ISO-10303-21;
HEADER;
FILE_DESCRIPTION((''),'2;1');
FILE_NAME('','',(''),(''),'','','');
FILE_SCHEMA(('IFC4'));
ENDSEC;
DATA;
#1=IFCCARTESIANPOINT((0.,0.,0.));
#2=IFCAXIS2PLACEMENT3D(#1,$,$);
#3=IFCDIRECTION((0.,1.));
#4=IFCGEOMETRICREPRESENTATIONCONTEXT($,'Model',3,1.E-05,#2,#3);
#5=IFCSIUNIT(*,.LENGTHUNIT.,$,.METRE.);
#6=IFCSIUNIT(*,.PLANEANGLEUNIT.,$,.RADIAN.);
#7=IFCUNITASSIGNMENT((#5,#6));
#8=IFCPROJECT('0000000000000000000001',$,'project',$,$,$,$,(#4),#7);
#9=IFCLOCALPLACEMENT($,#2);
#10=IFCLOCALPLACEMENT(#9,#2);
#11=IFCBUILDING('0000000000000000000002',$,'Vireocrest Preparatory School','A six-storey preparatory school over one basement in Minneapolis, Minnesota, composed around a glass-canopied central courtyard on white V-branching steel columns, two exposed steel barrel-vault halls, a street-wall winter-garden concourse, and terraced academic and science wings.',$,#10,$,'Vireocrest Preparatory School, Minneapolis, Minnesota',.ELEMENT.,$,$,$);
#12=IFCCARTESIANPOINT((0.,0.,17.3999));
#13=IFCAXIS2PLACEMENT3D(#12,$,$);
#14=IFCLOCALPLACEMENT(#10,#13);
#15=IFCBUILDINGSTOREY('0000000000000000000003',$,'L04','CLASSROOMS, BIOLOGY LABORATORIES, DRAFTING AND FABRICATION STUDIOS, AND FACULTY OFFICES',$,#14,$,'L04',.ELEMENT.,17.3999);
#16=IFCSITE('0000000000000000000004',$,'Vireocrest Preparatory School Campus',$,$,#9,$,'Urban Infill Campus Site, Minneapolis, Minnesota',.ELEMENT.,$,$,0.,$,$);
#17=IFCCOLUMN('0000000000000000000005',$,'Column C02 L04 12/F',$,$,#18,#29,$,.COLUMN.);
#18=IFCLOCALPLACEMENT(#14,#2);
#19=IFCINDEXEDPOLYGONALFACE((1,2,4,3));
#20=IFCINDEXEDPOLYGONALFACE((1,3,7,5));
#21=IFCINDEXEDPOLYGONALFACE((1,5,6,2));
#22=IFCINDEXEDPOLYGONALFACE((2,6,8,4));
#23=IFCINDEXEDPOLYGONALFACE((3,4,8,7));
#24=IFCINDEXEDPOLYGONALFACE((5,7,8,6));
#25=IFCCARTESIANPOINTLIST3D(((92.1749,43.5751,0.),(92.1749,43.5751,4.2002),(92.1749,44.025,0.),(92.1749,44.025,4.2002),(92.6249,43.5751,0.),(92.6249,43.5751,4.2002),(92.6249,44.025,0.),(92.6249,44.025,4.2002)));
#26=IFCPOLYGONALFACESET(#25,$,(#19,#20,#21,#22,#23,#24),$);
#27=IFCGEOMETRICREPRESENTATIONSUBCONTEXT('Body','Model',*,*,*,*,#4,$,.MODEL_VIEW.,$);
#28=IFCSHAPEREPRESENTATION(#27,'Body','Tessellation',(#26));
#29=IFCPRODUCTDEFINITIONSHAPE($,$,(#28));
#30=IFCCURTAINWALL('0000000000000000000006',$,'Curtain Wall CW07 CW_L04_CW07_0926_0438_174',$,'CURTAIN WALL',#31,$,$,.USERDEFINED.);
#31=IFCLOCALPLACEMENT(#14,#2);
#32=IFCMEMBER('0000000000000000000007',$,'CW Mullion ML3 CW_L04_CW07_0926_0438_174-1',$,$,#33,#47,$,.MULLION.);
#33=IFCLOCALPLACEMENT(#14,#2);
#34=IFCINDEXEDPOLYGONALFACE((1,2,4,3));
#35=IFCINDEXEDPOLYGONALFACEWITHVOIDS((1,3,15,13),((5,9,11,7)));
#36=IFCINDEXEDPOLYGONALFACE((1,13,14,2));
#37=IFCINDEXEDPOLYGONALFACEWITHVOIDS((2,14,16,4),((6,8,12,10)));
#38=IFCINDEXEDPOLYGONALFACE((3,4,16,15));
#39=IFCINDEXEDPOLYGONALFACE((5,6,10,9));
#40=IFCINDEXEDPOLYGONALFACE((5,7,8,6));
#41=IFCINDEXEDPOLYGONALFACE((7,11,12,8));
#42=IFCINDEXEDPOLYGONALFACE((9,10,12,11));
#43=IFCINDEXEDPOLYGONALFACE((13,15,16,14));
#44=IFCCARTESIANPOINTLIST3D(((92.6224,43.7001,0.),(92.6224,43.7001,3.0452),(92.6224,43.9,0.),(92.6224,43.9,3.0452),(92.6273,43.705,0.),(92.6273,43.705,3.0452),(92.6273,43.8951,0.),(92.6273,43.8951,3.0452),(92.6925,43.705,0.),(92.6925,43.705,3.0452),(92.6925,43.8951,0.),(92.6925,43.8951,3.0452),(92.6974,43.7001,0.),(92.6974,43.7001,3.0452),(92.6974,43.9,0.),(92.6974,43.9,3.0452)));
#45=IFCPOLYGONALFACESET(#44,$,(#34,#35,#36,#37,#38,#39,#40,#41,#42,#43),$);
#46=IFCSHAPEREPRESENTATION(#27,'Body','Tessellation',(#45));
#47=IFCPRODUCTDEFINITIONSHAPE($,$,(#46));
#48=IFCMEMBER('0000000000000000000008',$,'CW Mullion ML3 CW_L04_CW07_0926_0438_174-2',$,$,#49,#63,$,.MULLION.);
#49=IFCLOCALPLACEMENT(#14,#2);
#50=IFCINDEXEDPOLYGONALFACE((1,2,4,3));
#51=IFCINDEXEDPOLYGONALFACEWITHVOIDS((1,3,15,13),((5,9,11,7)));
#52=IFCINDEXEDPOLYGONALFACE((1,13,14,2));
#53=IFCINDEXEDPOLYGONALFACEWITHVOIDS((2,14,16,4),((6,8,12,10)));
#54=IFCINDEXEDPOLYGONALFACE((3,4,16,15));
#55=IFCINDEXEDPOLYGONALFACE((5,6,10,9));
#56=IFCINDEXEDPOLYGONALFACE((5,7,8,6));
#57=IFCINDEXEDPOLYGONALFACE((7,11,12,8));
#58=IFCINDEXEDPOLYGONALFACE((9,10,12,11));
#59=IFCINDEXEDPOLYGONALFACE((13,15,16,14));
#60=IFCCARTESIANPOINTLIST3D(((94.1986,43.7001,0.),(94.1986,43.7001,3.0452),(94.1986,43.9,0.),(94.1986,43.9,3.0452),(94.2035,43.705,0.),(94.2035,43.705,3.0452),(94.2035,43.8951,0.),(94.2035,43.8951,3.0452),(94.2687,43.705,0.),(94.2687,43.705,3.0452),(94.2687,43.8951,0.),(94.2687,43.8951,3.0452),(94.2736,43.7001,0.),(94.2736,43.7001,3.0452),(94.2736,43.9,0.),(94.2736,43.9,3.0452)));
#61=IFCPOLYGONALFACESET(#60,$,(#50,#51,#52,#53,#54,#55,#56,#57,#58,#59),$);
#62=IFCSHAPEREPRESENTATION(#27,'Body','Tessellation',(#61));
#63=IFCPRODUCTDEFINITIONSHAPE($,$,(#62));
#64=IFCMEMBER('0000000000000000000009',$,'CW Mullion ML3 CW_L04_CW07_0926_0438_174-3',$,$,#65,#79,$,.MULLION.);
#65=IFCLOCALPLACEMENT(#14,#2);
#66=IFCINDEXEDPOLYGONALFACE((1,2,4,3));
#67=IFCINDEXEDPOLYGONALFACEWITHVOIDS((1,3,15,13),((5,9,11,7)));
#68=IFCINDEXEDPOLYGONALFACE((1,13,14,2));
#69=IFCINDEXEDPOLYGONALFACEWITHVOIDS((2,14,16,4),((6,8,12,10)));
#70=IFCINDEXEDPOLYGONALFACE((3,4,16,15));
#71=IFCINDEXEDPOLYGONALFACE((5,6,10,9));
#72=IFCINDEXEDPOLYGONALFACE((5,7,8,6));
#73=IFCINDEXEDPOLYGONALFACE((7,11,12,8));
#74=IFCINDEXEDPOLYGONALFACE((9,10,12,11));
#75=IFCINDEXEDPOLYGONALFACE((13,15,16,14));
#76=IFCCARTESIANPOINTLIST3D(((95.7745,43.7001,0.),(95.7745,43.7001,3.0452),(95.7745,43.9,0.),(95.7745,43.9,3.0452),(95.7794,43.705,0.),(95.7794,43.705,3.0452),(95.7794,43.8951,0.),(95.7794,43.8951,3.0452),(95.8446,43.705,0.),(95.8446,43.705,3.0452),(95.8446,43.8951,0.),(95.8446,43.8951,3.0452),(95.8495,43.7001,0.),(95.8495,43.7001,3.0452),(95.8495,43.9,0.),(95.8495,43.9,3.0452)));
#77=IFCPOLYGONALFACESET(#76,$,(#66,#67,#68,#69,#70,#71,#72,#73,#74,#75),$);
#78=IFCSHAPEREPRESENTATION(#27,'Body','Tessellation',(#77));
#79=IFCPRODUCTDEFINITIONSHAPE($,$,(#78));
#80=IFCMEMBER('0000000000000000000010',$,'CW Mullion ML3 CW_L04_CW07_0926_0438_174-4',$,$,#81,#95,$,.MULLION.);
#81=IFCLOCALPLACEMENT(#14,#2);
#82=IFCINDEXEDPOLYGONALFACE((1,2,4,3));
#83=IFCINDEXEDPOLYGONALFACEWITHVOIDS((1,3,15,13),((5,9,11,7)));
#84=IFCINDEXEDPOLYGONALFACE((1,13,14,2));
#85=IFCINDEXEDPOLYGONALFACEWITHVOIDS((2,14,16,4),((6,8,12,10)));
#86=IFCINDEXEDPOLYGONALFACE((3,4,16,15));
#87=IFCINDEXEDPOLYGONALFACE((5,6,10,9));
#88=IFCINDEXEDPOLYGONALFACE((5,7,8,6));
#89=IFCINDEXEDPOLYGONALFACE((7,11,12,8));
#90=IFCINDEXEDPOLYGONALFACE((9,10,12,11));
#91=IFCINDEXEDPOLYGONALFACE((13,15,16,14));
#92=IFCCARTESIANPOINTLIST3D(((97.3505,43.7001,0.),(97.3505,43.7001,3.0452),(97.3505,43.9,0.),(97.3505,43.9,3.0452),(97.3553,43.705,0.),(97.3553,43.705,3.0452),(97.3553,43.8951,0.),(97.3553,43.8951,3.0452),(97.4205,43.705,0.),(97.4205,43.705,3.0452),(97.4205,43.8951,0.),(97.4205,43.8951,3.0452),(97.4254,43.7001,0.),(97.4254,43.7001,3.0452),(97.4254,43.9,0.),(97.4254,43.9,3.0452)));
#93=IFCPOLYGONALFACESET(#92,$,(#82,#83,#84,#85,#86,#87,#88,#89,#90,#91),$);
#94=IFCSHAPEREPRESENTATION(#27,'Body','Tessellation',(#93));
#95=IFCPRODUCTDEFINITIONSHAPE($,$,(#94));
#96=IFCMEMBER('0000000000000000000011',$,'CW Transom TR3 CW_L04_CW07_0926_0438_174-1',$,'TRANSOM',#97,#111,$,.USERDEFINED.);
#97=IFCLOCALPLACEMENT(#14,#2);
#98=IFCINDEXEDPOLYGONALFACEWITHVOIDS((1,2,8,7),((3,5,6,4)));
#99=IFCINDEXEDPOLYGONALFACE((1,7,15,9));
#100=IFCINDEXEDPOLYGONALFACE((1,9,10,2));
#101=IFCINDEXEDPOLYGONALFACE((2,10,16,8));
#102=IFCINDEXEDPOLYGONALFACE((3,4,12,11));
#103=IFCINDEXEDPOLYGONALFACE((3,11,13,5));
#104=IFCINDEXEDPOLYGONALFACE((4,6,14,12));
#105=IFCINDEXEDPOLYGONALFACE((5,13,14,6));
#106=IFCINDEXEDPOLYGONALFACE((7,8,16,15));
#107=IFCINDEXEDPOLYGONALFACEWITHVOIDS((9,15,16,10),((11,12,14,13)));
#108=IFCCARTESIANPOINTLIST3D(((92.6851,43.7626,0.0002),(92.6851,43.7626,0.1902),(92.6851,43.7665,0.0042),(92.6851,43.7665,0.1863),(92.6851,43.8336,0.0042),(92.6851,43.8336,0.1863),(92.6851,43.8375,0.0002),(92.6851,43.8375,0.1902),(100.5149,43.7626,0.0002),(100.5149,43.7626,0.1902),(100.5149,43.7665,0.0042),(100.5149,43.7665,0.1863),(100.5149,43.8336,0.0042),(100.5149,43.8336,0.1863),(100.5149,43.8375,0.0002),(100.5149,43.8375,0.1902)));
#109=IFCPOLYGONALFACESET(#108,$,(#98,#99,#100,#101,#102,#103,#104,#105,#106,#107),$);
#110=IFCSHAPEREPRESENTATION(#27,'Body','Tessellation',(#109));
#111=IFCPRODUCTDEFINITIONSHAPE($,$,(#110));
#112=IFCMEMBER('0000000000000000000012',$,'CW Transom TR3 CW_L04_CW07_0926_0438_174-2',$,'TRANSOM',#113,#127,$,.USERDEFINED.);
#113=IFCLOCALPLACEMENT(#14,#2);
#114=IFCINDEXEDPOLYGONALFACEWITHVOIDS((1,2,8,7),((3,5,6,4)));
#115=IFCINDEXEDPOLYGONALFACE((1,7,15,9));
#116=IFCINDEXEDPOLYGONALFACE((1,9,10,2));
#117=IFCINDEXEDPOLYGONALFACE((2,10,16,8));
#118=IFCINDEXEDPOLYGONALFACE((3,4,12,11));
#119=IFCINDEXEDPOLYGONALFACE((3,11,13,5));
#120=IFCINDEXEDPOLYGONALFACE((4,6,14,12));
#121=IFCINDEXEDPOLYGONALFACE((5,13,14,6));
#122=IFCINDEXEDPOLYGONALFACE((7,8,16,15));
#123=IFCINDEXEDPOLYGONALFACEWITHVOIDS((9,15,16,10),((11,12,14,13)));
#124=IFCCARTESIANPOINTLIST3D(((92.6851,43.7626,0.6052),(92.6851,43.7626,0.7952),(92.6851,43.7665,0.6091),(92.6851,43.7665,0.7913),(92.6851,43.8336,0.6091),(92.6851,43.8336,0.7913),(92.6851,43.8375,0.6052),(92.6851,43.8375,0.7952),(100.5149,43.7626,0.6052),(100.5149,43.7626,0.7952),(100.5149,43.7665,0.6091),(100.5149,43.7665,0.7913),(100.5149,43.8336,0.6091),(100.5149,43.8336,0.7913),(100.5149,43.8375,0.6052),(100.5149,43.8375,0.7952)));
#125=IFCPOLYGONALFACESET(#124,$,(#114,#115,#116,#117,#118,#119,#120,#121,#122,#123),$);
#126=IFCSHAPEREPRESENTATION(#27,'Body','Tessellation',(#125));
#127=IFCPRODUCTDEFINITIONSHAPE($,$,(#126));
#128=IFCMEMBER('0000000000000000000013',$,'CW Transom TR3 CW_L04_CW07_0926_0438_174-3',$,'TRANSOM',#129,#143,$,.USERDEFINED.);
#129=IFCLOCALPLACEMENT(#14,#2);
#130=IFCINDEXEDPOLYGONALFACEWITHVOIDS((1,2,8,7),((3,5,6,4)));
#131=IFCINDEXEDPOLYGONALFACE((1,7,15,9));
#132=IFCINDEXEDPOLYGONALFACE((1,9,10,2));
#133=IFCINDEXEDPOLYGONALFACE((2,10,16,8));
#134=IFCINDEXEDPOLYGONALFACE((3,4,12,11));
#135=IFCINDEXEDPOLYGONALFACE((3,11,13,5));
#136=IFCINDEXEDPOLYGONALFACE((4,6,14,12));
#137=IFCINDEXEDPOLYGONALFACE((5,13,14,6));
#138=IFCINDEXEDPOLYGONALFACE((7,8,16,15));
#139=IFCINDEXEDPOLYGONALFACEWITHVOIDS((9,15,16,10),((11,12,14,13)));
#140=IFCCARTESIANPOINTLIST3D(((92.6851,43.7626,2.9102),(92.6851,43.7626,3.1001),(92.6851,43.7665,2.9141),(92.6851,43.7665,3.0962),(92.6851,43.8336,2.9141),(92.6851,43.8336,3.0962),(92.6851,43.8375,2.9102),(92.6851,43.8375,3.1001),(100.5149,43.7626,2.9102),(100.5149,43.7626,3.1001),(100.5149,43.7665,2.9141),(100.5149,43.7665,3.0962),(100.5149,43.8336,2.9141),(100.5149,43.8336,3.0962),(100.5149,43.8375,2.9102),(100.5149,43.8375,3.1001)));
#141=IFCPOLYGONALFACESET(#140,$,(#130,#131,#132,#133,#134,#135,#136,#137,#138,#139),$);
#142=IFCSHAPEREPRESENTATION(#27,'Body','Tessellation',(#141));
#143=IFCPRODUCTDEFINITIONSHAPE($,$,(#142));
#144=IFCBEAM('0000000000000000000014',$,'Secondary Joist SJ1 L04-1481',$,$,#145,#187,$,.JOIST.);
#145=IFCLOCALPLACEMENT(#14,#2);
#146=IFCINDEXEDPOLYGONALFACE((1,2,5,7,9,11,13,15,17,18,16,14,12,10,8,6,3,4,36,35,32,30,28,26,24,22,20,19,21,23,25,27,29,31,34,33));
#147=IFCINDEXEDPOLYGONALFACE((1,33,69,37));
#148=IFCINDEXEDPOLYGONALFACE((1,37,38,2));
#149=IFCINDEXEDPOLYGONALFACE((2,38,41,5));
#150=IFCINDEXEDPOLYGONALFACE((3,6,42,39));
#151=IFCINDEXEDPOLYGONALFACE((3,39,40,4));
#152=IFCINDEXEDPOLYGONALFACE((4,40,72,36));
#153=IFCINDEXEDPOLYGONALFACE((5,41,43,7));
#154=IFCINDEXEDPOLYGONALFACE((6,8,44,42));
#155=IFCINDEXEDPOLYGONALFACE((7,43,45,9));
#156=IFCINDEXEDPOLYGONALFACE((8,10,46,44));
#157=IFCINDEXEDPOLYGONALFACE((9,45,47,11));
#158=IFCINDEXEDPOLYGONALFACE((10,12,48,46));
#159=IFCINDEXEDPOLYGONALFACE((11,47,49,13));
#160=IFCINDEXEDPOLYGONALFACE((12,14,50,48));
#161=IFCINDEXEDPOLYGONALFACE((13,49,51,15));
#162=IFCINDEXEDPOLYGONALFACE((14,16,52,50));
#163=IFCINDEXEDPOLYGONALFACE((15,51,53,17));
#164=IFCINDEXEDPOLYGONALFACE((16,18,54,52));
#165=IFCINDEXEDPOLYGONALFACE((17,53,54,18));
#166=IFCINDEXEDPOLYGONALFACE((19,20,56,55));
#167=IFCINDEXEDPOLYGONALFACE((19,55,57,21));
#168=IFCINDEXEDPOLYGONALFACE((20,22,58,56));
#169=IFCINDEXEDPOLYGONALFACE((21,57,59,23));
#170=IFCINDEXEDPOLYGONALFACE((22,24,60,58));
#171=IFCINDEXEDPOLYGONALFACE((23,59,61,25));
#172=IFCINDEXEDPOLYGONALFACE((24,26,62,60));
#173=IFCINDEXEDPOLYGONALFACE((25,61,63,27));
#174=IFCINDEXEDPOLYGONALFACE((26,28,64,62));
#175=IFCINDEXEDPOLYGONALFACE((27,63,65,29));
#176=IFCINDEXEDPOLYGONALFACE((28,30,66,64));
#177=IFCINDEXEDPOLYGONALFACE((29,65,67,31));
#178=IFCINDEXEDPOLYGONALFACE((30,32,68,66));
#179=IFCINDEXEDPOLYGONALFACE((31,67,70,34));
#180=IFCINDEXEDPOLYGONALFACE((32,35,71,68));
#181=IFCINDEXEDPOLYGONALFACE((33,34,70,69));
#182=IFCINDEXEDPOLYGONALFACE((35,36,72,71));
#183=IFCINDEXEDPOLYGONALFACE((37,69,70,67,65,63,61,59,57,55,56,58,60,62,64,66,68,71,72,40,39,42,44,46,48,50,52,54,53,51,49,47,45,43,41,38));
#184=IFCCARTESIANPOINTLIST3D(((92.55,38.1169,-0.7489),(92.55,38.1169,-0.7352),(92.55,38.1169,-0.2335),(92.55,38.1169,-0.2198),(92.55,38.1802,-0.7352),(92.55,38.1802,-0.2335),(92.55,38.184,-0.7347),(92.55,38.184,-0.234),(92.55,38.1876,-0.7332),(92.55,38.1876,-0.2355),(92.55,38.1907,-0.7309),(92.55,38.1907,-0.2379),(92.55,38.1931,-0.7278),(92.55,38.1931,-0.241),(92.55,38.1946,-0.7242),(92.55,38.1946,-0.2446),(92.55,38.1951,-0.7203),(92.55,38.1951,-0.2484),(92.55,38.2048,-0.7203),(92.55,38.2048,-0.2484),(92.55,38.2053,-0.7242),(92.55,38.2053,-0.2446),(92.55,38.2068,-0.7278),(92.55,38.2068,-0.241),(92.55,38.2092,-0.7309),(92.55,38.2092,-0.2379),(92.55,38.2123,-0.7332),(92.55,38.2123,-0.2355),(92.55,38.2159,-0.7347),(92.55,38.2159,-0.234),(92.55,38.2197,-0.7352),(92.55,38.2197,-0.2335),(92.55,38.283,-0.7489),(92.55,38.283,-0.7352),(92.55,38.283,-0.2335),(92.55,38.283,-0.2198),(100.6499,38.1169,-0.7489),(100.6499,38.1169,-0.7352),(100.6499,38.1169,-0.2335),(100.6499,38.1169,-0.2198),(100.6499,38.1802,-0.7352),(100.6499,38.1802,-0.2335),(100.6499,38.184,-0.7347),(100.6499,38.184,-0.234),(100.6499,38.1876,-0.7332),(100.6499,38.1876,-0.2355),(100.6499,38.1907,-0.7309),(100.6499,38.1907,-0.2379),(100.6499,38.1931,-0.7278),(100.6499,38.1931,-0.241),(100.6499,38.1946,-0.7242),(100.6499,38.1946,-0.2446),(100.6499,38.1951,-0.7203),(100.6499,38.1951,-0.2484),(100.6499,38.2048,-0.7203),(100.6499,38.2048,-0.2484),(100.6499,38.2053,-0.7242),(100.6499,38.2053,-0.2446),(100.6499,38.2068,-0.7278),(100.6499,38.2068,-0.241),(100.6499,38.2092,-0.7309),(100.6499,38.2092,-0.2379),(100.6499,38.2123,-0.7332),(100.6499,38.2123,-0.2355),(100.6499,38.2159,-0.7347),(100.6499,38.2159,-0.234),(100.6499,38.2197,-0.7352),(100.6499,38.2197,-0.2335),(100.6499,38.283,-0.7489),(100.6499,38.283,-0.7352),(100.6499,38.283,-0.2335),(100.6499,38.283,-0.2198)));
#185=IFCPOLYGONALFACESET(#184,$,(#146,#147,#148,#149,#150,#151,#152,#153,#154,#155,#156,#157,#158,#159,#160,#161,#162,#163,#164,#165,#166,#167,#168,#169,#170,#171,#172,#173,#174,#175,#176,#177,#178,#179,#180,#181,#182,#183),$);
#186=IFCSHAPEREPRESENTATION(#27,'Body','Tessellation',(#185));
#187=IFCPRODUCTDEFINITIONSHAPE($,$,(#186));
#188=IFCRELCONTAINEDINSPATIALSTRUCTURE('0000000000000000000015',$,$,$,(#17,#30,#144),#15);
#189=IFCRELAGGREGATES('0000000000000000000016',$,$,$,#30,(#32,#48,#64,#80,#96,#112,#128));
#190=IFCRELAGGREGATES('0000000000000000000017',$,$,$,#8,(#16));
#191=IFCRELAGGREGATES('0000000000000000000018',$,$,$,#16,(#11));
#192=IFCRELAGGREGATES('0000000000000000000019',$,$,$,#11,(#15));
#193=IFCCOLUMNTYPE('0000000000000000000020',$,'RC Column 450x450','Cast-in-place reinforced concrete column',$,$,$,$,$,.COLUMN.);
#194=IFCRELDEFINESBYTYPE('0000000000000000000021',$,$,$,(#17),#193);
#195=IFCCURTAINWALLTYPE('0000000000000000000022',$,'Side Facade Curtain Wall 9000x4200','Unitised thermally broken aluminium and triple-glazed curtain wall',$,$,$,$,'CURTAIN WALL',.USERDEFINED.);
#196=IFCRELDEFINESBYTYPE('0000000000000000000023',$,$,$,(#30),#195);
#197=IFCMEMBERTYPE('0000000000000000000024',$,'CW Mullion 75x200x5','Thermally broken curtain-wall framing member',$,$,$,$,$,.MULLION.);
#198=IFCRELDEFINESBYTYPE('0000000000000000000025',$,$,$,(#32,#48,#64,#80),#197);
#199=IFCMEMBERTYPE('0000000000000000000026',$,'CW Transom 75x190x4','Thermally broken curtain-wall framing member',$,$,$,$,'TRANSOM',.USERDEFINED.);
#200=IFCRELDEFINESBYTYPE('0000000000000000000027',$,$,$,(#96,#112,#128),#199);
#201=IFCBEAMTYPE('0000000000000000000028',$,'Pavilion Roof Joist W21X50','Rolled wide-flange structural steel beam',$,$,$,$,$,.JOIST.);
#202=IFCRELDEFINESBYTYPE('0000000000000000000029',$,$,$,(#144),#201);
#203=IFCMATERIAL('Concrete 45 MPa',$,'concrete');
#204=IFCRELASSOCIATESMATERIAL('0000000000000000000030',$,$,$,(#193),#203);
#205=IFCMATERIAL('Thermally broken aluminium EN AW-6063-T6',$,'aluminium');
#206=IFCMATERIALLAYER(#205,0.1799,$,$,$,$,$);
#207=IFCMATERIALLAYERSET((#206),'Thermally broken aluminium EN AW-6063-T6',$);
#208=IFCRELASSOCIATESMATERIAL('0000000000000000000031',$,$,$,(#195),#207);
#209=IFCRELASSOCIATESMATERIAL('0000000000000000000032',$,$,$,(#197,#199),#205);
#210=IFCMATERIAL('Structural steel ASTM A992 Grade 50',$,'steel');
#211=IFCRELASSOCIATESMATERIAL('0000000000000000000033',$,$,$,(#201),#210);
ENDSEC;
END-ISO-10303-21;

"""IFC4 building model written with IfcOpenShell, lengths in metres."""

from ifc_helpers import new_model, si_unit, direction, frame, origin, origin_2d, place, context, subcontext, project, spatial, rectangle, hollow_rectangle, i_section, extrude, material, layer, layer_set, material_profile, profile_set, type_object, element, aggregate, save


model = new_model("IFC4")

# Units and contexts
model_context = context("Model", 3, precision=1e-05, world=origin(), true_north=direction((0.0, 1.0)))
body_context = subcontext(model_context, "Body", "Model", "MODEL_VIEW")
ifc_project = project(units=[si_unit("LENGTHUNIT", "METRE"), si_unit("PLANEANGLEUNIT", "RADIAN")], contexts=[model_context])

# Site, building, storey
site_placement = place(None, origin())
site = spatial("IfcSite", under=ifc_project, at=site_placement, Name="Vireocrest Preparatory School Campus", LongName="Urban Infill Campus Site, Minneapolis, Minnesota", CompositionType="ELEMENT", RefElevation=0.0)
building_placement = place(site_placement, origin())
building = spatial("IfcBuilding", under=site, at=building_placement, Name="Vireocrest Preparatory School", Description="A six-storey preparatory school over one basement in Minneapolis, Minnesota, composed around a glass-canopied central courtyard on white V-branching steel columns, two exposed steel barrel-vault halls, a street-wall winter-garden concourse, and terraced academic and science wings.", LongName="Vireocrest Preparatory School, Minneapolis, Minnesota", CompositionType="ELEMENT")
storey_placement = place(building_placement, frame((0.0, 0.0, 17.3999)))
storey = spatial("IfcBuildingStorey", under=building, at=storey_placement, Name="L04", Description="CLASSROOMS, BIOLOGY LABORATORIES, DRAFTING AND FABRICATION STUDIOS, AND FACULTY OFFICES", LongName="L04", CompositionType="ELEMENT", Elevation=17.3999)

# Column
ifc_material_1 = material(Name="Concrete 45 MPa", Category="concrete")
ifc_material_profile_1 = material_profile(ifc_material_1, rectangle(XDim=0.45, YDim=0.45, at=origin_2d()), Name="RC 450x450")
ifc_profile_set_1 = profile_set([ifc_material_profile_1], Name="Concrete 45 MPa")
column_type = type_object("IfcColumnType", Name="RC Column 450x450", Description="Cast-in-place reinforced concrete column", PredefinedType="COLUMN", material=ifc_profile_set_1)
column_placement = place(storey_placement, frame((92.3999, 43.8, 0.0), z_axis=(0.0, 0.0, 1.0), x_axis=(1.0, 0.0, 0.0)))
element("IfcColumn", 1, at=column_placement, inside=storey, type_object=column_type, Name="Column C02 L04 12/F", PredefinedType="COLUMN", context=body_context, shape_type="SweptSolid", body=[
    extrude(rectangle(XDim=0.45, YDim=0.45, at=origin_2d()), origin(), (0.0, 0.0, 1.0), 4.2002),
])

# Curtain wall, members
ifc_material_2 = material(Name="Thermally broken aluminium EN AW-6063-T6", Category="aluminium")
ifc_layer_1 = layer(ifc_material_2, 0.1799)
ifc_layer_set_1 = layer_set([ifc_layer_1], Name="Thermally broken aluminium EN AW-6063-T6")
curtain_wall_type = type_object("IfcCurtainWallType", Name="Side Facade Curtain Wall 9000x4200", Description="Unitised thermally broken aluminium and triple-glazed curtain wall", ElementType="CURTAIN WALL", PredefinedType="USERDEFINED", material=ifc_layer_set_1)
curtain_wall_placement = place(storey_placement, origin())
curtain_wall = element("IfcCurtainWall", 2, at=curtain_wall_placement, inside=storey, type_object=curtain_wall_type, Name="Curtain Wall CW07 CW_L04_CW07_0926_0438_174", ObjectType="CURTAIN WALL", PredefinedType="USERDEFINED")
ifc_material_profile_2 = material_profile(ifc_material_2, hollow_rectangle(XDim=0.075, YDim=0.2, WallThickness=0.0049, at=origin_2d()), Name="ALU 75x200x5")
ifc_profile_set_2 = profile_set([ifc_material_profile_2], Name="Thermally broken aluminium EN AW-6063-T6")
member_type_1 = type_object("IfcMemberType", Name="CW Mullion 75x200x5", Description="Thermally broken curtain-wall framing member", PredefinedType="MULLION", material=ifc_profile_set_2)
member_1_placement = place(storey_placement, frame((92.6599, 43.8, 0.0), z_axis=(0.0, 0.0, 1.0), x_axis=(1.0, 0.0, 0.0)))
member_1 = element("IfcMember", 3, at=member_1_placement, type_object=member_type_1, Name="CW Mullion ML3 CW_L04_CW07_0926_0438_174-1", PredefinedType="MULLION", context=body_context, shape_type="SweptSolid", body=[
    extrude(hollow_rectangle(XDim=0.075, YDim=0.2, WallThickness=0.0049, at=origin_2d()), origin(), (0.0, 0.0, 1.0), 3.0452),
])
member_2_placement = place(storey_placement, frame((94.2361, 43.8, 0.0), z_axis=(0.0, 0.0, 1.0), x_axis=(1.0, 0.0, 0.0)))
member_2 = element("IfcMember", 4, at=member_2_placement, type_object=member_type_1, Name="CW Mullion ML3 CW_L04_CW07_0926_0438_174-2", PredefinedType="MULLION", context=body_context, shape_type="SweptSolid", body=[
    extrude(hollow_rectangle(XDim=0.075, YDim=0.2, WallThickness=0.0049, at=origin_2d()), origin(), (0.0, 0.0, 1.0), 3.0452),
])
member_3_placement = place(storey_placement, frame((95.812, 43.8, 0.0), z_axis=(0.0, 0.0, 1.0), x_axis=(1.0, 0.0, 0.0)))
member_3 = element("IfcMember", 5, at=member_3_placement, type_object=member_type_1, Name="CW Mullion ML3 CW_L04_CW07_0926_0438_174-3", PredefinedType="MULLION", context=body_context, shape_type="SweptSolid", body=[
    extrude(hollow_rectangle(XDim=0.075, YDim=0.2, WallThickness=0.0049, at=origin_2d()), origin(), (0.0, 0.0, 1.0), 3.0452),
])
member_4_placement = place(storey_placement, frame((97.3879, 43.8, 0.0), z_axis=(0.0, 0.0, 1.0), x_axis=(1.0, 0.0, 0.0)))
member_4 = element("IfcMember", 6, at=member_4_placement, type_object=member_type_1, Name="CW Mullion ML3 CW_L04_CW07_0926_0438_174-4", PredefinedType="MULLION", context=body_context, shape_type="SweptSolid", body=[
    extrude(hollow_rectangle(XDim=0.075, YDim=0.2, WallThickness=0.0049, at=origin_2d()), origin(), (0.0, 0.0, 1.0), 3.0452),
])
ifc_material_profile_3 = material_profile(ifc_material_2, hollow_rectangle(XDim=0.075, YDim=0.1899, WallThickness=0.0039, at=origin_2d()), Name="ALU 75x190x4")
ifc_profile_set_3 = profile_set([ifc_material_profile_3], Name="Thermally broken aluminium EN AW-6063-T6")
member_type_2 = type_object("IfcMemberType", Name="CW Transom 75x190x4", Description="Thermally broken curtain-wall framing member", ElementType="TRANSOM", PredefinedType="USERDEFINED", material=ifc_profile_set_3)
member_5_placement = place(storey_placement, frame((92.6851, 43.8, 0.0952), z_axis=(1.0, 0.0, 0.0), x_axis=(0.0, 1.0, 0.0)))
member_5 = element("IfcMember", 7, at=member_5_placement, type_object=member_type_2, Name="CW Transom TR3 CW_L04_CW07_0926_0438_174-1", ObjectType="TRANSOM", PredefinedType="USERDEFINED", context=body_context, shape_type="SweptSolid", body=[
    extrude(hollow_rectangle(XDim=0.075, YDim=0.1899, WallThickness=0.0039, at=origin_2d()), origin(), (0.0, 0.0, 1.0), 7.8298),
])
member_6_placement = place(storey_placement, frame((92.6851, 43.8, 0.7002), z_axis=(1.0, 0.0, 0.0), x_axis=(0.0, 1.0, 0.0)))
member_6 = element("IfcMember", 8, at=member_6_placement, type_object=member_type_2, Name="CW Transom TR3 CW_L04_CW07_0926_0438_174-2", ObjectType="TRANSOM", PredefinedType="USERDEFINED", context=body_context, shape_type="SweptSolid", body=[
    extrude(hollow_rectangle(XDim=0.075, YDim=0.1899, WallThickness=0.0039, at=origin_2d()), origin(), (0.0, 0.0, 1.0), 7.8298),
])
member_7_placement = place(storey_placement, frame((92.6851, 43.8, 3.0051), z_axis=(1.0, 0.0, 0.0), x_axis=(0.0, 1.0, 0.0)))
member_7 = element("IfcMember", 9, at=member_7_placement, type_object=member_type_2, Name="CW Transom TR3 CW_L04_CW07_0926_0438_174-3", ObjectType="TRANSOM", PredefinedType="USERDEFINED", context=body_context, shape_type="SweptSolid", body=[
    extrude(hollow_rectangle(XDim=0.075, YDim=0.1899, WallThickness=0.0039, at=origin_2d()), origin(), (0.0, 0.0, 1.0), 7.8298),
])

# Beam
ifc_material_3 = material(Name="Structural steel ASTM A992 Grade 50", Category="steel")
ifc_material_profile_4 = material_profile(ifc_material_3, i_section(OverallWidth=0.166, OverallDepth=0.5291, WebThickness=0.0098, FlangeThickness=0.0137, FilletRadius=0.0149, at=origin_2d()), Name="W21X50")
ifc_profile_set_4 = profile_set([ifc_material_profile_4], Name="Structural steel ASTM A992 Grade 50")
beam_type_1 = type_object("IfcBeamType", Name="Pavilion Roof Joist W21X50", Description="Rolled wide-flange structural steel beam", PredefinedType="JOIST", material=ifc_profile_set_4)
for number, where, z_axis, x_axis, name in (
    (10, (92.55, 38.2, -0.4844), (1.0, 0.0, 0.0), (0.0, 1.0, 0.0), "Secondary Joist SJ1 L04-1481"),
):
    element("IfcBeam", number, at=place(storey_placement, frame(where, z_axis=z_axis, x_axis=x_axis)), inside=storey, type_object=beam_type_1, Name=name, PredefinedType="JOIST", context=body_context, shape_type="SweptSolid", body=[
        extrude(i_section(OverallWidth=0.166, OverallDepth=0.5291, WebThickness=0.0098, FlangeThickness=0.0137, FilletRadius=0.0149, at=origin_2d()), origin(), (0.0, 0.0, 1.0), 8.0999),
    ])

aggregate(curtain_wall, [member_1, member_2, member_3, member_4, member_5, member_6, member_7])

save(model, "model.ifc")
